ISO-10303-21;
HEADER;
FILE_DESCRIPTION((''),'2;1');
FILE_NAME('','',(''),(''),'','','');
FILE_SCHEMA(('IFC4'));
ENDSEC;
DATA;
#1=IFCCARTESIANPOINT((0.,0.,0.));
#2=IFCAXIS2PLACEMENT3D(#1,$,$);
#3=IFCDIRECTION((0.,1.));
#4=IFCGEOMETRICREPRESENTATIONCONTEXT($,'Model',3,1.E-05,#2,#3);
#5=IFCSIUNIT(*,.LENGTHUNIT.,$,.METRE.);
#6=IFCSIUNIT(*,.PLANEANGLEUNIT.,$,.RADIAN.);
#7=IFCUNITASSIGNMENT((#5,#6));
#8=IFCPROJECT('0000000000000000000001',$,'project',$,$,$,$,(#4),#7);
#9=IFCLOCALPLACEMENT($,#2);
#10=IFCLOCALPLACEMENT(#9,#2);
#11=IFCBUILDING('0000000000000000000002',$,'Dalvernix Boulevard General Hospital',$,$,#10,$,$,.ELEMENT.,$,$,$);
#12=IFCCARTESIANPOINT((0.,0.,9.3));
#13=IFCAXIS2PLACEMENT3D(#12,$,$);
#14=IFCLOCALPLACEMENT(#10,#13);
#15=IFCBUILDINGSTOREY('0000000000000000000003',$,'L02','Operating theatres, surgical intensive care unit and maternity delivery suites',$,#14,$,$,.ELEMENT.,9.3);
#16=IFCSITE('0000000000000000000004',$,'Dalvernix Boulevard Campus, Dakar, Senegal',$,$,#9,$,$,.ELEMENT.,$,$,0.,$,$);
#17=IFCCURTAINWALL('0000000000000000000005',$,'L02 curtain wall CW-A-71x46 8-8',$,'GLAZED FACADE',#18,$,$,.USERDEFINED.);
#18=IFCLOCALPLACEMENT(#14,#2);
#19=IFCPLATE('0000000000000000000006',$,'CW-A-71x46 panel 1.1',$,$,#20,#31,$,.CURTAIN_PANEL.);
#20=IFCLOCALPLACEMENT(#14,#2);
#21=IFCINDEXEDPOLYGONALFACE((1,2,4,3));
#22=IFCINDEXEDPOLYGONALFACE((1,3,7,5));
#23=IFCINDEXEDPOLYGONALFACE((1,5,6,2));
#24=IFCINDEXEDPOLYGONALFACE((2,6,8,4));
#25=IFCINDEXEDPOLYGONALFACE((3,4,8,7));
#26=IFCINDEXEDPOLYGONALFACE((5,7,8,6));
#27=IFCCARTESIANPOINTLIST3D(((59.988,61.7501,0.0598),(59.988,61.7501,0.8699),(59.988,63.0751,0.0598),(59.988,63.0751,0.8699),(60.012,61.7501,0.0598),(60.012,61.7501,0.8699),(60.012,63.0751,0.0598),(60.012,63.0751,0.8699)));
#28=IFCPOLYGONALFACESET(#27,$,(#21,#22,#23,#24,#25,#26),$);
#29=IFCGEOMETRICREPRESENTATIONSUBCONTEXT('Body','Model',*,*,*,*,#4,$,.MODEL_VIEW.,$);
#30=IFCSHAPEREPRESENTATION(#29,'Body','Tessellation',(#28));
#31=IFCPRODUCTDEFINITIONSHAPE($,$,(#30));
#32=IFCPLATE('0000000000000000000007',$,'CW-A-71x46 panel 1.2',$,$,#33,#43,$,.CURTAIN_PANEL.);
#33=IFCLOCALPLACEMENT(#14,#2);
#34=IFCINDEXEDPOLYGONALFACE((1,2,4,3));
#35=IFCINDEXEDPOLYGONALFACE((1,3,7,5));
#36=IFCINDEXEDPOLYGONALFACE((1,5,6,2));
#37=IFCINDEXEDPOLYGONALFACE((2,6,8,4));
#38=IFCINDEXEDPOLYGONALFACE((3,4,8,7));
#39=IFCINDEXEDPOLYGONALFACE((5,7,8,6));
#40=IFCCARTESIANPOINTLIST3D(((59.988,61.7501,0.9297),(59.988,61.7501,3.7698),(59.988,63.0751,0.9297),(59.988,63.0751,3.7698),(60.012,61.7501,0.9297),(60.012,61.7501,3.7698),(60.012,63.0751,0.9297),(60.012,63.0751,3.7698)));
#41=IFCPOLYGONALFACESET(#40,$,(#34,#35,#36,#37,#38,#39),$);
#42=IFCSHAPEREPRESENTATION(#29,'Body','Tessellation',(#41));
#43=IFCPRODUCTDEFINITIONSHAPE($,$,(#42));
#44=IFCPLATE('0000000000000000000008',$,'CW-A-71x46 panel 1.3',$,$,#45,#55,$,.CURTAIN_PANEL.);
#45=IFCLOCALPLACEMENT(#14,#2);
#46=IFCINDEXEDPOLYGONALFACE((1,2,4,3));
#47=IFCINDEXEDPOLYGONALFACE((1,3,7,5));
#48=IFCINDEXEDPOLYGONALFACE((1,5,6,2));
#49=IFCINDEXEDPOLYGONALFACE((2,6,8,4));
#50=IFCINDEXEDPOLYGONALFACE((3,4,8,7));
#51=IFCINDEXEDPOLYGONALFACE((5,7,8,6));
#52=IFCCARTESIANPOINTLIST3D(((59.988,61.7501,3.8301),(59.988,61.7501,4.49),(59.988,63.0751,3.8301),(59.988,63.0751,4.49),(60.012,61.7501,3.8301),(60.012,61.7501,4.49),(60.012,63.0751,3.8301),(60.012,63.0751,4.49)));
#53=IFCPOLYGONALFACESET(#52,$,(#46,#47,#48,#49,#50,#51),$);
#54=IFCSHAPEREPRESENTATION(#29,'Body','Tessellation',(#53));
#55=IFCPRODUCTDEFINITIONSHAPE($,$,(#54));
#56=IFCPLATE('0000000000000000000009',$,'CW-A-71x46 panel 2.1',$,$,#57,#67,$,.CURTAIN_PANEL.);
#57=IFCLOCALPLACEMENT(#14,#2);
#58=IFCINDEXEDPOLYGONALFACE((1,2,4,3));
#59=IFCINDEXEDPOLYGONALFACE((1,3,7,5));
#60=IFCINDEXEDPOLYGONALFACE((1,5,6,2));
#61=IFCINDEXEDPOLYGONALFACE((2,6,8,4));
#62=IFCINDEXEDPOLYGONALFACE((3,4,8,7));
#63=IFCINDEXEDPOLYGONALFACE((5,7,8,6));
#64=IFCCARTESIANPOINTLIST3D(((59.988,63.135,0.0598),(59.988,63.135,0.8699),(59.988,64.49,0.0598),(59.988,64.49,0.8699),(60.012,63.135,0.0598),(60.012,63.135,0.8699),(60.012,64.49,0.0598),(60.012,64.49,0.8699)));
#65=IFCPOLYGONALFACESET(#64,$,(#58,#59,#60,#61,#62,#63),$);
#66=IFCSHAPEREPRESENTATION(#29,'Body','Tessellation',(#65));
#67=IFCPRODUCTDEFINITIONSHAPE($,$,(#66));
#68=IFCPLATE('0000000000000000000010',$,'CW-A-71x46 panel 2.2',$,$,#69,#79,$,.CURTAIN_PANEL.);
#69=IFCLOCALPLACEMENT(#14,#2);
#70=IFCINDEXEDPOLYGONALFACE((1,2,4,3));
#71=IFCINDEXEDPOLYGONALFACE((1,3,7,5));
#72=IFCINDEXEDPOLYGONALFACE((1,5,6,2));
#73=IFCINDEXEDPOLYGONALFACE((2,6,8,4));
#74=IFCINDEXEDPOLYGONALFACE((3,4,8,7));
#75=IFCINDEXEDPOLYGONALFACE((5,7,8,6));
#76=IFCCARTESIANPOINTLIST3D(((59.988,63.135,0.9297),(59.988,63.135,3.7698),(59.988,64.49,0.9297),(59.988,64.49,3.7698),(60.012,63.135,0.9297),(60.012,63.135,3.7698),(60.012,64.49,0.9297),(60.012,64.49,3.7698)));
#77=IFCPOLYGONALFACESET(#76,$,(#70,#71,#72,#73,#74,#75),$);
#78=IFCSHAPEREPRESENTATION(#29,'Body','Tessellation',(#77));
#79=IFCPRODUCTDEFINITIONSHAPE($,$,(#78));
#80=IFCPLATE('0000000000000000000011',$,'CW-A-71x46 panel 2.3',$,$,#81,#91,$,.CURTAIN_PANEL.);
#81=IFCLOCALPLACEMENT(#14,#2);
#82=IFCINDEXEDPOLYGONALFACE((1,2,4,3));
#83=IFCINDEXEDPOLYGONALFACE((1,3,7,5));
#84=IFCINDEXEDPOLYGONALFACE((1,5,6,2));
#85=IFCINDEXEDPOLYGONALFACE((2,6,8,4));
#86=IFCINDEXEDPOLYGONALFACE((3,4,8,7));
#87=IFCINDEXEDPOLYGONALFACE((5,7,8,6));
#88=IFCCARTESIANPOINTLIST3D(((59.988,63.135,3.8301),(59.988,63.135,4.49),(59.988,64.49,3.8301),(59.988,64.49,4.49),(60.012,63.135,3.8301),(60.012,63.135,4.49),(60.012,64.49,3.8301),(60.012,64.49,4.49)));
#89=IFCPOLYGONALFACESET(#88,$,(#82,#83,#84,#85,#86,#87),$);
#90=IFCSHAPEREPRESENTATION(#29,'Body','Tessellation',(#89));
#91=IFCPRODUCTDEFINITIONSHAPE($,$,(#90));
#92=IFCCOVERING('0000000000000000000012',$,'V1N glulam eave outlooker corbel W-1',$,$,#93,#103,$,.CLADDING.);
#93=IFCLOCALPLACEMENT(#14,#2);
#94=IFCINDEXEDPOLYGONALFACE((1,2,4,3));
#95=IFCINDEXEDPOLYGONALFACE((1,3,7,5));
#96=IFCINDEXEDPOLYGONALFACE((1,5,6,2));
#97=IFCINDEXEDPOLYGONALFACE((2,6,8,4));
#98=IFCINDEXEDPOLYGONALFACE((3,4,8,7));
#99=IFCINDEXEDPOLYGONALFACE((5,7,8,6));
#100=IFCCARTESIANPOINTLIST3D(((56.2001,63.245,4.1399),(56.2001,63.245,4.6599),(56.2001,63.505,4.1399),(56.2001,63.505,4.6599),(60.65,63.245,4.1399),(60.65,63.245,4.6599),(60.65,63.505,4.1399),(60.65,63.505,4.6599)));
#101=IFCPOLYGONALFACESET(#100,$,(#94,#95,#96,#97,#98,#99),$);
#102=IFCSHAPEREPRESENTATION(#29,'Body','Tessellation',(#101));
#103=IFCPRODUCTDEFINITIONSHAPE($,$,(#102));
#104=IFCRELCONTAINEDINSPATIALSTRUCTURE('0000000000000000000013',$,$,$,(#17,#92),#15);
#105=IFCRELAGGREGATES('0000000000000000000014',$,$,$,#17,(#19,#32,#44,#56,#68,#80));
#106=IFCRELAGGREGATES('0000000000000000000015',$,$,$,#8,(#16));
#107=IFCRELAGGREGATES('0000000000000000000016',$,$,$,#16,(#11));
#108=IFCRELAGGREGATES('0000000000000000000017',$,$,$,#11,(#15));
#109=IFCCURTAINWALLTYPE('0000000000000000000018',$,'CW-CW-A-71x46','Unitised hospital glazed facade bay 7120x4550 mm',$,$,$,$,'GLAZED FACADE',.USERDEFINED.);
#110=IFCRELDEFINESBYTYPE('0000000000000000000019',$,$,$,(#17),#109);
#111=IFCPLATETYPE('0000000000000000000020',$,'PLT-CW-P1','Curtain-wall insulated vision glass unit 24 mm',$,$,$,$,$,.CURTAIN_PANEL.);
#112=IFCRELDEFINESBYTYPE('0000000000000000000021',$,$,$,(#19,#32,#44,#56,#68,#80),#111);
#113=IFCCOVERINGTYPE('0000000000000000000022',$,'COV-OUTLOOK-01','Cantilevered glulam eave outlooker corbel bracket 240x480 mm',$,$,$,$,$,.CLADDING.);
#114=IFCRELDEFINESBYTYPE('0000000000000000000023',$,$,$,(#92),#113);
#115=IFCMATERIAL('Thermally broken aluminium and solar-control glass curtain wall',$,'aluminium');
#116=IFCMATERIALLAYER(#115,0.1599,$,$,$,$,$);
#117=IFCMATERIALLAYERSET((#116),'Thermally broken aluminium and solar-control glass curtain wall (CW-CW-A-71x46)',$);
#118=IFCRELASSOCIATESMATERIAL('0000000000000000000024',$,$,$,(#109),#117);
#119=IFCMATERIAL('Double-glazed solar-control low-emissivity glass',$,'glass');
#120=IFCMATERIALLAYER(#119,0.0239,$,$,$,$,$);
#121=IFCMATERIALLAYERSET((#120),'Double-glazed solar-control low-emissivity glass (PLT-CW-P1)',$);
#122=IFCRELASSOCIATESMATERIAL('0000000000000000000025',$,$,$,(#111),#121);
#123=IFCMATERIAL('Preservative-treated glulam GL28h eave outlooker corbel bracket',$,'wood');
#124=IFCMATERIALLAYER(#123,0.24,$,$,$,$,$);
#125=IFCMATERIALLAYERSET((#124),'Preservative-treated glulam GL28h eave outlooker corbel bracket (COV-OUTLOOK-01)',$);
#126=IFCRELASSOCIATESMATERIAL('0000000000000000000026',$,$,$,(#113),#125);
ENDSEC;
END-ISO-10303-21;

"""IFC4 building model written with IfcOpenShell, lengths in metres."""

from ifc_helpers import new_model, si_unit, direction, frame, origin, origin_2d, place, context, subcontext, project, spatial, rectangle, extrude, material, layer, layer_set, type_object, element, aggregate, save


model = new_model("IFC4")

# Units and contexts
model_context = context("Model", 3, precision=1e-05, world=origin(), true_north=direction((0.0, 1.0)))
body_context = subcontext(model_context, "Body", "Model", "MODEL_VIEW")
ifc_project = project(units=[si_unit("LENGTHUNIT", "METRE"), si_unit("PLANEANGLEUNIT", "RADIAN")], contexts=[model_context])

# Site, building, storey
site_placement = place(None, origin())
site = spatial("IfcSite", under=ifc_project, at=site_placement, Name="Dalvernix Boulevard Campus, Dakar, Senegal", CompositionType="ELEMENT", RefElevation=0.0)
building_placement = place(site_placement, origin())
building = spatial("IfcBuilding", under=site, at=building_placement, Name="Dalvernix Boulevard General Hospital", CompositionType="ELEMENT")
storey_placement = place(building_placement, frame((0.0, 0.0, 9.3)))
storey = spatial("IfcBuildingStorey", under=building, at=storey_placement, Name="L02", Description="Operating theatres, surgical intensive care unit and maternity delivery suites", CompositionType="ELEMENT", Elevation=9.3)

# Curtain wall, plates
ifc_material_1 = material(Name="Thermally broken aluminium and solar-control glass curtain wall", Category="aluminium")
ifc_layer_1 = layer(ifc_material_1, 0.1599)
ifc_layer_set_1 = layer_set([ifc_layer_1], Name="Thermally broken aluminium and solar-control glass curtain wall (CW-CW-A-71x46)")
curtain_wall_type = type_object("IfcCurtainWallType", Name="CW-CW-A-71x46", Description="Unitised hospital glazed facade bay 7120x4550 mm", ElementType="GLAZED FACADE", PredefinedType="USERDEFINED", material=ifc_layer_set_1)
curtain_wall_placement = place(storey_placement, origin())
curtain_wall = element("IfcCurtainWall", 1, at=curtain_wall_placement, inside=storey, type_object=curtain_wall_type, Name="L02 curtain wall CW-A-71x46 8-8", ObjectType="GLAZED FACADE", PredefinedType="USERDEFINED")
ifc_material_2 = material(Name="Double-glazed solar-control low-emissivity glass", Category="glass")
ifc_layer_2 = layer(ifc_material_2, 0.0239)
ifc_layer_set_2 = layer_set([ifc_layer_2], Name="Double-glazed solar-control low-emissivity glass (PLT-CW-P1)")
plate_type = type_object("IfcPlateType", Name="PLT-CW-P1", Description="Curtain-wall insulated vision glass unit 24 mm", PredefinedType="CURTAIN_PANEL", material=ifc_layer_set_2)
plate_1_placement = place(storey_placement, frame((60.0, 62.4126, 0.0598), z_axis=(0.0, 0.0, 1.0), x_axis=(0.0, 1.0, 0.0)))
plate_1 = element("IfcPlate", 2, at=plate_1_placement, type_object=plate_type, Name="CW-A-71x46 panel 1.1", PredefinedType="CURTAIN_PANEL", context=body_context, shape_type="SweptSolid", body=[
    extrude(rectangle(XDim=1.325, YDim=0.0239, at=origin_2d()), origin(), (0.0, 0.0, 1.0), 0.8101),
])
plate_2_placement = place(storey_placement, frame((60.0, 62.4126, 0.9297), z_axis=(0.0, 0.0, 1.0), x_axis=(0.0, 1.0, 0.0)))
plate_2 = element("IfcPlate", 3, at=plate_2_placement, type_object=plate_type, Name="CW-A-71x46 panel 1.2", PredefinedType="CURTAIN_PANEL", context=body_context, shape_type="SweptSolid", body=[
    extrude(rectangle(XDim=1.325, YDim=0.0239, at=origin_2d()), origin(), (0.0, 0.0, 1.0), 2.8401),
])
plate_3_placement = place(storey_placement, frame((60.0, 62.4126, 3.8301), z_axis=(0.0, 0.0, 1.0), x_axis=(0.0, 1.0, 0.0)))
plate_3 = element("IfcPlate", 4, at=plate_3_placement, type_object=plate_type, Name="CW-A-71x46 panel 1.3", PredefinedType="CURTAIN_PANEL", context=body_context, shape_type="SweptSolid", body=[
    extrude(rectangle(XDim=1.325, YDim=0.0239, at=origin_2d()), origin(), (0.0, 0.0, 1.0), 0.6599),
])
plate_4_placement = place(storey_placement, frame((60.0, 63.8125, 0.0598), z_axis=(0.0, 0.0, 1.0), x_axis=(0.0, 1.0, 0.0)))
plate_4 = element("IfcPlate", 5, at=plate_4_placement, type_object=plate_type, Name="CW-A-71x46 panel 2.1", PredefinedType="CURTAIN_PANEL", context=body_context, shape_type="SweptSolid", body=[
    extrude(rectangle(XDim=1.355, YDim=0.0239, at=origin_2d()), origin(), (0.0, 0.0, 1.0), 0.8101),
])
plate_5_placement = place(storey_placement, frame((60.0, 63.8125, 0.9297), z_axis=(0.0, 0.0, 1.0), x_axis=(0.0, 1.0, 0.0)))
plate_5 = element("IfcPlate", 6, at=plate_5_placement, type_object=plate_type, Name="CW-A-71x46 panel 2.2", PredefinedType="CURTAIN_PANEL", context=body_context, shape_type="SweptSolid", body=[
    extrude(rectangle(XDim=1.355, YDim=0.0239, at=origin_2d()), origin(), (0.0, 0.0, 1.0), 2.8401),
])
plate_6_placement = place(storey_placement, frame((60.0, 63.8125, 3.8301), z_axis=(0.0, 0.0, 1.0), x_axis=(0.0, 1.0, 0.0)))
plate_6 = element("IfcPlate", 7, at=plate_6_placement, type_object=plate_type, Name="CW-A-71x46 panel 2.3", PredefinedType="CURTAIN_PANEL", context=body_context, shape_type="SweptSolid", body=[
    extrude(rectangle(XDim=1.355, YDim=0.0239, at=origin_2d()), origin(), (0.0, 0.0, 1.0), 0.6599),
])
aggregate(curtain_wall, [plate_1, plate_2, plate_3, plate_4, plate_5, plate_6])

# Covering
ifc_material_3 = material(Name="Preservative-treated glulam GL28h eave outlooker corbel bracket", Category="wood")
ifc_layer_3 = layer(ifc_material_3, 0.24)
ifc_layer_set_3 = layer_set([ifc_layer_3], Name="Preservative-treated glulam GL28h eave outlooker corbel bracket (COV-OUTLOOK-01)")
covering_type = type_object("IfcCoveringType", Name="COV-OUTLOOK-01", Description="Cantilevered glulam eave outlooker corbel bracket 240x480 mm", PredefinedType="CLADDING", material=ifc_layer_set_3)
covering_placement = place(storey_placement, frame((58.425, 63.375, 4.1399), z_axis=(0.0, 0.0, 1.0), x_axis=(1.0, 0.0, 0.0)))
element("IfcCovering", 8, at=covering_placement, inside=storey, type_object=covering_type, Name="V1N glulam eave outlooker corbel W-1", PredefinedType="CLADDING", context=body_context, shape_type="SweptSolid", body=[
    extrude(rectangle(XDim=4.45, YDim=0.26, at=origin_2d()), origin(), (0.0, 0.0, 1.0), 0.52),
])

save(model, "model.ifc")
